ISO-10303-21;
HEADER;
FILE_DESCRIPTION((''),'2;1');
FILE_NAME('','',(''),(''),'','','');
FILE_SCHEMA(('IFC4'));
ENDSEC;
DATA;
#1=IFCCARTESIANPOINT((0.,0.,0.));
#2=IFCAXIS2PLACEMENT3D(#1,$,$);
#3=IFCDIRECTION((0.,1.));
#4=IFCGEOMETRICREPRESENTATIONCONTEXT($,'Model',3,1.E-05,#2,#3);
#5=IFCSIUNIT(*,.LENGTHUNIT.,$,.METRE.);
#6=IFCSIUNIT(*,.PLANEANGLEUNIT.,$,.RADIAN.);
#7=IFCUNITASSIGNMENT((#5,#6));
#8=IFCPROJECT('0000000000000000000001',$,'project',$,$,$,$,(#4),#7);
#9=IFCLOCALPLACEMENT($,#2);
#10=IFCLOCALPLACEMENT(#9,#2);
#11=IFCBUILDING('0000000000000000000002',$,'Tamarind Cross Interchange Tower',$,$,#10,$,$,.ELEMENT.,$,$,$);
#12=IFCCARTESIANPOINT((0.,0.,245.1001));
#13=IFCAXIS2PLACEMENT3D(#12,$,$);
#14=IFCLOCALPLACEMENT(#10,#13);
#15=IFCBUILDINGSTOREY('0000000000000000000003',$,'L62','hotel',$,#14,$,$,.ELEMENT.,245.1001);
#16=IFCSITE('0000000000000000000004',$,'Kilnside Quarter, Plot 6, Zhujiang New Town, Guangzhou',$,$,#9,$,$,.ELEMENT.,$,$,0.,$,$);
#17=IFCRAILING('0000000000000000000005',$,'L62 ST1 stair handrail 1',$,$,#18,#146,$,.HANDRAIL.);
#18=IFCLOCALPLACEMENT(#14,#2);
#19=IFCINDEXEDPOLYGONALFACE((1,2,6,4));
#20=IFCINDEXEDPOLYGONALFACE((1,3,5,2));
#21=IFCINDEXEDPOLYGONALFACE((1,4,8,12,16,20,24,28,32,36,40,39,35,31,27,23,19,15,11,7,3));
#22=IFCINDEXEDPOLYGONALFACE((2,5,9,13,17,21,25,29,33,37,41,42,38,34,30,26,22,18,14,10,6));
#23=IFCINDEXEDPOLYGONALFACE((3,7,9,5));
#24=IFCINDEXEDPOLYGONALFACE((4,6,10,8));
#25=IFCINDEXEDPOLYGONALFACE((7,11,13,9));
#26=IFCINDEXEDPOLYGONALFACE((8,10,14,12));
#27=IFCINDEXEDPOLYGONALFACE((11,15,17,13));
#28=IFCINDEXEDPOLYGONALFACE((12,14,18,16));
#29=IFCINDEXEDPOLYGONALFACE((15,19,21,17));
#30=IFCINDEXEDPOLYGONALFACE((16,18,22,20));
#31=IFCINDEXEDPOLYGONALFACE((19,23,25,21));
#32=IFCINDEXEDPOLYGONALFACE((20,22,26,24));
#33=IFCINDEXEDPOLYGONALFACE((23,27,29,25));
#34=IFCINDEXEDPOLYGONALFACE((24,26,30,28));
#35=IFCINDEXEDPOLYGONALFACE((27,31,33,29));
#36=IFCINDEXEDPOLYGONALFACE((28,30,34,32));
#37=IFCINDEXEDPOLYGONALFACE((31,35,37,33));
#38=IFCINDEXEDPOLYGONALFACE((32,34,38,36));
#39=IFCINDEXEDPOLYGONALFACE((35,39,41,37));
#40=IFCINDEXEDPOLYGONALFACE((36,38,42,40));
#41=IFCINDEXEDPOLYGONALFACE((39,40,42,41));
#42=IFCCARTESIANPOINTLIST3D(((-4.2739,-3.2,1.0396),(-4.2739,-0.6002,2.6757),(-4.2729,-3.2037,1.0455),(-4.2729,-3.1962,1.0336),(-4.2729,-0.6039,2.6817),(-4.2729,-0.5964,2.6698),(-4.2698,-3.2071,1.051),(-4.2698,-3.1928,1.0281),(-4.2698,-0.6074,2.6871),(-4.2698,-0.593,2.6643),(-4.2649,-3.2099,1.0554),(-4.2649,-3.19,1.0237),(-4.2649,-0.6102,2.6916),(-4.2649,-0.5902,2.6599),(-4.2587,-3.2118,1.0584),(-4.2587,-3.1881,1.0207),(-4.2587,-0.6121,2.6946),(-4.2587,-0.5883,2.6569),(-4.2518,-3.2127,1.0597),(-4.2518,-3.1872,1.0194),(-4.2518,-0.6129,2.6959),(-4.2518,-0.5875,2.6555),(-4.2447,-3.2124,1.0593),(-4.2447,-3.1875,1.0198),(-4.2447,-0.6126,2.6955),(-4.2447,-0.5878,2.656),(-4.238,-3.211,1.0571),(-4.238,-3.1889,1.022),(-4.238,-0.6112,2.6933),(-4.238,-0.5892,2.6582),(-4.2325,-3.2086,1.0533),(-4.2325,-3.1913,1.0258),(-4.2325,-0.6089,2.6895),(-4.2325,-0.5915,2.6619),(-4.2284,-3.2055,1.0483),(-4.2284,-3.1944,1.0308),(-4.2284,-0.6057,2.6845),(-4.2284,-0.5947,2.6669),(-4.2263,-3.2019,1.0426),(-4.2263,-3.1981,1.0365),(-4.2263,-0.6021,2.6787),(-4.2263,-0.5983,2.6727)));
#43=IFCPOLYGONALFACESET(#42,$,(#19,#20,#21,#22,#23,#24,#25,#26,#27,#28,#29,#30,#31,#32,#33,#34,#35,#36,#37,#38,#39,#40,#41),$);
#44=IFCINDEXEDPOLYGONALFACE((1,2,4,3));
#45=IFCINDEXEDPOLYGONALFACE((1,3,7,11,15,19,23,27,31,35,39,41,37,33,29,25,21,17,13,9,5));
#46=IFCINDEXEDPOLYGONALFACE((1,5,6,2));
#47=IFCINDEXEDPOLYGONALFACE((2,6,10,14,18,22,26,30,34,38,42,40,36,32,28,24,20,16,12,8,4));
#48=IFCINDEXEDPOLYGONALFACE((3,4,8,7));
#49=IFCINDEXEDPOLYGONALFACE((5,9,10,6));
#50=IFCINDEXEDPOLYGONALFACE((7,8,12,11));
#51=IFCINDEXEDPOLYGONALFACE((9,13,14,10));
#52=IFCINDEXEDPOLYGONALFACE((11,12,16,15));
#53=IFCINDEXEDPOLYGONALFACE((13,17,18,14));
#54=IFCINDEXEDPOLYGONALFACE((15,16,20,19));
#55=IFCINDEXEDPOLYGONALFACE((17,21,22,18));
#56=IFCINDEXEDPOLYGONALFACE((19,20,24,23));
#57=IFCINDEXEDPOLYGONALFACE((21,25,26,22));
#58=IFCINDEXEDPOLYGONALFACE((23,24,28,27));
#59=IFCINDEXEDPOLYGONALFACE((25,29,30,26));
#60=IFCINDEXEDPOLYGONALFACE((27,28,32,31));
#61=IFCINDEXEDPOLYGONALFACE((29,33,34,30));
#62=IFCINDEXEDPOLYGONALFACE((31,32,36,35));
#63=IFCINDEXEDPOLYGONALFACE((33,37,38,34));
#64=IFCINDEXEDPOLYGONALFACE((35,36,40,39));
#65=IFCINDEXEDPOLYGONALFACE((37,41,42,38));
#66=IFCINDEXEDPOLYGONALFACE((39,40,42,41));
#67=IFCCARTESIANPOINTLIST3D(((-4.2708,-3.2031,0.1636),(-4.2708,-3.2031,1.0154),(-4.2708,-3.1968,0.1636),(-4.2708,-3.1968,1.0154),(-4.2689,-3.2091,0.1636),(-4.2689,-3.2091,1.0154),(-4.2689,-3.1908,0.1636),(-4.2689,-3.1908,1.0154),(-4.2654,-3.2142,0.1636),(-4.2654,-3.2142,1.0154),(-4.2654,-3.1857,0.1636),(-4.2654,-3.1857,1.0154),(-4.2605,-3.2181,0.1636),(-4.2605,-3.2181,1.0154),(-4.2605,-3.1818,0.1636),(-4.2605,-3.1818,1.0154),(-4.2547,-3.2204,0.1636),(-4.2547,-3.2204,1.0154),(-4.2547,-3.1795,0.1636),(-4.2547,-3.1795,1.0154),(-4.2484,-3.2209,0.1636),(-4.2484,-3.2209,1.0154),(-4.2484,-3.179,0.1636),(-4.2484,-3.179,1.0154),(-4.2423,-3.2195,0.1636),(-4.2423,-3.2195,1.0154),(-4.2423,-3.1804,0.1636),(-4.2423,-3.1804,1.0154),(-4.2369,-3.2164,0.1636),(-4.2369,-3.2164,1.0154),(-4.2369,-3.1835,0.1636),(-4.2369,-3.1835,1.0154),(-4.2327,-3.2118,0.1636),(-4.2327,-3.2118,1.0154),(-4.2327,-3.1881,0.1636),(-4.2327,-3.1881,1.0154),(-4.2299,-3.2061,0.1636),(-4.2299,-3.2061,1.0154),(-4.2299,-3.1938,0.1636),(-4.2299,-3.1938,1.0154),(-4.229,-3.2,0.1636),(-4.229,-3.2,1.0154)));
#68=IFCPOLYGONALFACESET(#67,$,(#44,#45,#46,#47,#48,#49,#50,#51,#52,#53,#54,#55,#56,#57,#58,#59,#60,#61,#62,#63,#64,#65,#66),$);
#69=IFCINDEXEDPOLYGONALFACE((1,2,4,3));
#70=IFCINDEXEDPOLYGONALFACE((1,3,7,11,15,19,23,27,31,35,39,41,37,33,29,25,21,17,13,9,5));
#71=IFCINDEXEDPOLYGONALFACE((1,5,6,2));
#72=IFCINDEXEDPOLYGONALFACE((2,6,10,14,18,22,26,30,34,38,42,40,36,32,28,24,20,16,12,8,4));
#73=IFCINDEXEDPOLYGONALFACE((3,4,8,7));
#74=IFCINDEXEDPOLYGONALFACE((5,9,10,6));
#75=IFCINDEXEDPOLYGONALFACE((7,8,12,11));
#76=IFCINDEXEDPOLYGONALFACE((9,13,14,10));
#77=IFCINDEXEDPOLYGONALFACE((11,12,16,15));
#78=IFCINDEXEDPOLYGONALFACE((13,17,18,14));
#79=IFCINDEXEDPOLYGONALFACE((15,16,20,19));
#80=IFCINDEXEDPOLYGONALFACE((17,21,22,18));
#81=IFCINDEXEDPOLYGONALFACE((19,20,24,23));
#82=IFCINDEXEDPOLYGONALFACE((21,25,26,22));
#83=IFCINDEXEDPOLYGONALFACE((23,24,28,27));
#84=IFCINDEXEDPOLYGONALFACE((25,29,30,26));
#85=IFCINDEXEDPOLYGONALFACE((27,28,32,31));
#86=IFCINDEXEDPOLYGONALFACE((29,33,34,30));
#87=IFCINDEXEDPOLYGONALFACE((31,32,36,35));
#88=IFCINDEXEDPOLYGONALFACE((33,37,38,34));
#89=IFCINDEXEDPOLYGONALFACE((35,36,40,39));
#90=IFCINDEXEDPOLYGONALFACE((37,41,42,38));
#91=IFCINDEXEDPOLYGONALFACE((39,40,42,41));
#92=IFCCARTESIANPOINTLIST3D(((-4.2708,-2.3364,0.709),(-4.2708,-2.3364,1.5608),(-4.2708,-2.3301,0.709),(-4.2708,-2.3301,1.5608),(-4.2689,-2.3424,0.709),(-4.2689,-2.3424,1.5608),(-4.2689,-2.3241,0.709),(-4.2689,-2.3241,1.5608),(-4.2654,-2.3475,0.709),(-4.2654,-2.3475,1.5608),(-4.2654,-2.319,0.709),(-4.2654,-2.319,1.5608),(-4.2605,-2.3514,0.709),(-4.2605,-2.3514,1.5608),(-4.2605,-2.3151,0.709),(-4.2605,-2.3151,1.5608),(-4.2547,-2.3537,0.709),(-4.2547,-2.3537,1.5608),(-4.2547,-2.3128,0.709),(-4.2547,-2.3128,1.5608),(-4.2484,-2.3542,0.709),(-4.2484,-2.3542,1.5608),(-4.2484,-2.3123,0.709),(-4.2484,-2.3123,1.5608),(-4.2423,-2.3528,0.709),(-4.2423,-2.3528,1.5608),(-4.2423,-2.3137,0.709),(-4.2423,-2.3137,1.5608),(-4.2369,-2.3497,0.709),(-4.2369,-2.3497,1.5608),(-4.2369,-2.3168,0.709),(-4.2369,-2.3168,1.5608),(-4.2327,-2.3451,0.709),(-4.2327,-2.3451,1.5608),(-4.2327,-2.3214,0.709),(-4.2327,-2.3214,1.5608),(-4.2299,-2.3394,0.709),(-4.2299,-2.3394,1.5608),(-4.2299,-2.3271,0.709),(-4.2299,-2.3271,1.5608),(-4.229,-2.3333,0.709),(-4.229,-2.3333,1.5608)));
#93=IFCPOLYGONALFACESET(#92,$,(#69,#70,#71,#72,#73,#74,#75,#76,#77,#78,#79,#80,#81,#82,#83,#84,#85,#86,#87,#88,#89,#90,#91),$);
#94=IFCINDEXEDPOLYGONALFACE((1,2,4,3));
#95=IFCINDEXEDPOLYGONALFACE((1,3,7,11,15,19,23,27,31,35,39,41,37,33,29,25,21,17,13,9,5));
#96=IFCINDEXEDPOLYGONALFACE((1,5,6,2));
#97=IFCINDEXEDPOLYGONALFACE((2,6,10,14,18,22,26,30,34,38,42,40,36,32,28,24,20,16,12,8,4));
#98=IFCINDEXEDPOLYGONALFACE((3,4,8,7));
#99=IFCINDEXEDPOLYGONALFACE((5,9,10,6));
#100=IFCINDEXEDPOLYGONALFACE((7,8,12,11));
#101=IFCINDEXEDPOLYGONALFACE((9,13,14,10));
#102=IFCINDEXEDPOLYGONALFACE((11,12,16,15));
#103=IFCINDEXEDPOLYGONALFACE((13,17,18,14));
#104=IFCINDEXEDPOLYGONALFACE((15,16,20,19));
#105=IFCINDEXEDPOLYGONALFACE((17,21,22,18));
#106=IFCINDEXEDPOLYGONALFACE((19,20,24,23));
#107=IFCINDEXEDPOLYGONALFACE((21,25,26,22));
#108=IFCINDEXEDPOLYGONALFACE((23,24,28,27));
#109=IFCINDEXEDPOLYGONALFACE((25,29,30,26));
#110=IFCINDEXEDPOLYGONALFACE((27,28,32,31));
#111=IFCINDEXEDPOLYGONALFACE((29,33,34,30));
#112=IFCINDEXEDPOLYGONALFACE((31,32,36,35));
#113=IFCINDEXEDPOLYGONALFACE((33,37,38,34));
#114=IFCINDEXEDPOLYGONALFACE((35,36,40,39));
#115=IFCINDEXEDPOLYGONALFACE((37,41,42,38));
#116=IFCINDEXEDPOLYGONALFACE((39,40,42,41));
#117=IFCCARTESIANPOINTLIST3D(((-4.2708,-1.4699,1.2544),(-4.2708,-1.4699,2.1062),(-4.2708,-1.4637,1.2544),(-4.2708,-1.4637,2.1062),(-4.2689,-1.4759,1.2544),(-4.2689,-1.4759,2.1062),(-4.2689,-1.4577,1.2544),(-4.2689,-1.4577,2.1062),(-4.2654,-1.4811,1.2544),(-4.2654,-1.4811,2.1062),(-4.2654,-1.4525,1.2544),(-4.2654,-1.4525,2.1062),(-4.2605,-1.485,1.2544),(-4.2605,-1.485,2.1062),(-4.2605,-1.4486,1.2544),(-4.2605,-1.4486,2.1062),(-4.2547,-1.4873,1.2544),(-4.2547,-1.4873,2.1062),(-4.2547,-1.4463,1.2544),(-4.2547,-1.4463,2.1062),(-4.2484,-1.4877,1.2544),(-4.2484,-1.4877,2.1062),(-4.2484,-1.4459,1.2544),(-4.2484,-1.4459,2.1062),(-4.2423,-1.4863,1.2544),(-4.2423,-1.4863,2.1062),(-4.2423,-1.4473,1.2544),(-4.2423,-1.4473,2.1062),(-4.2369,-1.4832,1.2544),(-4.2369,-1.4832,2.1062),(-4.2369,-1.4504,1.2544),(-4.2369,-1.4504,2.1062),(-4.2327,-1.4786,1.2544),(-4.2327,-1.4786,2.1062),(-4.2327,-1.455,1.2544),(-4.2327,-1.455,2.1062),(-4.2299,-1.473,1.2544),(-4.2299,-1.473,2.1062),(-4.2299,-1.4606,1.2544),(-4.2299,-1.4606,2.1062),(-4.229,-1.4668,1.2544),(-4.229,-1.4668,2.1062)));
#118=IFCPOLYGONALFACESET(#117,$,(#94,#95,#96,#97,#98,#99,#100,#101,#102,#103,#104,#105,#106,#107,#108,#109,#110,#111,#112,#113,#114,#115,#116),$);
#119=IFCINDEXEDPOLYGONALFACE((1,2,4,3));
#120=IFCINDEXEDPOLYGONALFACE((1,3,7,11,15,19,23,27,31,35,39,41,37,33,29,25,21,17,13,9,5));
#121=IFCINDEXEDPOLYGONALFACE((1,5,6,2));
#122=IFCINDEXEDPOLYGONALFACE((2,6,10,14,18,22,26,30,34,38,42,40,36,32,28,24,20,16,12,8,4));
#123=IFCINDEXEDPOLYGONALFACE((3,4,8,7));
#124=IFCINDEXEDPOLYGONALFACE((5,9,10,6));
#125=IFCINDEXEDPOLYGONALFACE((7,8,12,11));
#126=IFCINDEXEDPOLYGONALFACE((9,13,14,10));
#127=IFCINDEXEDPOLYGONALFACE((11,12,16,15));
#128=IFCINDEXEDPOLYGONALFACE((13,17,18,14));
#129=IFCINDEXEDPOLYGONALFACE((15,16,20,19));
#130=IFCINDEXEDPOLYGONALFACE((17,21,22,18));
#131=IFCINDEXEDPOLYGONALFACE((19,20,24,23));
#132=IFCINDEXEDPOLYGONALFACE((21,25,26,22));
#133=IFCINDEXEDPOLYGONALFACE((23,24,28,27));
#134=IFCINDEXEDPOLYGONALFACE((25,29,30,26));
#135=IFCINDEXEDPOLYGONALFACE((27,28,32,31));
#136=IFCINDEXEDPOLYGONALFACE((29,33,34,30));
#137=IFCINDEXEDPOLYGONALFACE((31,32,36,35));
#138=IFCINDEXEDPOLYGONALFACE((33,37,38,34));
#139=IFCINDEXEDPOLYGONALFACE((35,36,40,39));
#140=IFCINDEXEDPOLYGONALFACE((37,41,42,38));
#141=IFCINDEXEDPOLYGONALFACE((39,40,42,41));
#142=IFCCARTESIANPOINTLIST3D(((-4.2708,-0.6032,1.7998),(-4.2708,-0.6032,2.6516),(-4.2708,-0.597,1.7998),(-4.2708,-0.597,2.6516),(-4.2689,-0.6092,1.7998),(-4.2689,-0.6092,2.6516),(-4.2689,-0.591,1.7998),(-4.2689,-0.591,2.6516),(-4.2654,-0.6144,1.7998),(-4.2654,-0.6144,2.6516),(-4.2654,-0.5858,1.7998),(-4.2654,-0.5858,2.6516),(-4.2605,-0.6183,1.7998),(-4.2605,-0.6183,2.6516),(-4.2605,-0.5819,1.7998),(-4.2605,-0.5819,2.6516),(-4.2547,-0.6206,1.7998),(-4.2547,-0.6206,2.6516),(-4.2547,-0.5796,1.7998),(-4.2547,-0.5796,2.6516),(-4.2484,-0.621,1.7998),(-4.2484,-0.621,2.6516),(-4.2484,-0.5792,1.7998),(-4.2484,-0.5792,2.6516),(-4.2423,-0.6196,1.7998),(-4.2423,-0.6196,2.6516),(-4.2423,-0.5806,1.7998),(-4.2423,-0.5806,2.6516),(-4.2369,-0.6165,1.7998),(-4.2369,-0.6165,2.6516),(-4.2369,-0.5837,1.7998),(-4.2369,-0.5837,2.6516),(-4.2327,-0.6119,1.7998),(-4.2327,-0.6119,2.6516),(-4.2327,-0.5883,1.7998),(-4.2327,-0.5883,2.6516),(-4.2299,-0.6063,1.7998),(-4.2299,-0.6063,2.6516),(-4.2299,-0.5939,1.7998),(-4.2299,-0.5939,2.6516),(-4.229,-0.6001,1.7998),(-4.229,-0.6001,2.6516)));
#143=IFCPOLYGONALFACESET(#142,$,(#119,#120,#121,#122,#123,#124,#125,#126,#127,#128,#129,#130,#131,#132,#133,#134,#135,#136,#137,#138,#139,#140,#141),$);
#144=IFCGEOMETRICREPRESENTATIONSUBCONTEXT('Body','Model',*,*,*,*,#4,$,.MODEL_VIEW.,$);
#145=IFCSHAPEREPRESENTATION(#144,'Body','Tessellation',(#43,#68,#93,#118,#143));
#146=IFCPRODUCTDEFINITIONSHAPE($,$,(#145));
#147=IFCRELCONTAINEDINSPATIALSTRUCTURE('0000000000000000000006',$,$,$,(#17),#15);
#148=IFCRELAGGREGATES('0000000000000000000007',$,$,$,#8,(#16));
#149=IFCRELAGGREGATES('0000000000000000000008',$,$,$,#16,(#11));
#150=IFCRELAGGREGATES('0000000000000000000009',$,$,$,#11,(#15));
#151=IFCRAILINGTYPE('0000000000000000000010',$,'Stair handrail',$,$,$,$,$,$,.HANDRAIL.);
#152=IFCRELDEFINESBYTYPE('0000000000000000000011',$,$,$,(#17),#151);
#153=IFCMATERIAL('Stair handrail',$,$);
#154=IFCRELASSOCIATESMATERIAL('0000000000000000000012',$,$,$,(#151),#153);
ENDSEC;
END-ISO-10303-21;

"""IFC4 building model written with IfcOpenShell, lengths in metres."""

from ifc_helpers import new_model, si_unit, direction, frame, origin, origin_2d, place, context, subcontext, project, spatial, circle, extrude, material, type_object, element, save


model = new_model("IFC4")

# Units and contexts
model_context = context("Model", 3, precision=1e-05, world=origin(), true_north=direction((0.0, 1.0)))
body_context = subcontext(model_context, "Body", "Model", "MODEL_VIEW")
ifc_project = project(units=[si_unit("LENGTHUNIT", "METRE"), si_unit("PLANEANGLEUNIT", "RADIAN")], contexts=[model_context])

# Site, building, storey
site_placement = place(None, origin())
site = spatial("IfcSite", under=ifc_project, at=site_placement, Name="Kilnside Quarter, Plot 6, Zhujiang New Town, Guangzhou", CompositionType="ELEMENT", RefElevation=0.0)
building_placement = place(site_placement, origin())
building = spatial("IfcBuilding", under=site, at=building_placement, Name="Tamarind Cross Interchange Tower", CompositionType="ELEMENT")
storey_placement = place(building_placement, frame((0.0, 0.0, 245.1001)))
storey = spatial("IfcBuildingStorey", under=building, at=storey_placement, Name="L62", Description="hotel", CompositionType="ELEMENT", Elevation=245.1001)

# Railing
ifc_material_1 = material(Name="Stair handrail")
railing_type_1 = type_object("IfcRailingType", Name="Stair handrail", PredefinedType="HANDRAIL", material=ifc_material_1)
railing_1_placement = place(storey_placement, frame((-4.25, -3.2, 0.1636)))
element("IfcRailing", 1, at=railing_1_placement, inside=storey, type_object=railing_type_1, Name="L62 ST1 stair handrail 1", PredefinedType="HANDRAIL", context=body_context, shape_type="SweptSolid", body=[
    extrude(circle(Radius=0.0239, at=origin_2d()), frame((0.0, 0.0, 0.876), z_axis=(0.0, 0.846338, 0.532647), x_axis=(-1.0, 0.0, 0.0)), (0.0, 0.0, 1.0), 3.0718),
    extrude(circle(Radius=0.021, at=origin_2d()), origin(), (0.0, 0.0, 1.0), 0.8518),
    extrude(circle(Radius=0.021, at=origin_2d()), frame((0.0, 0.8667, 0.5454)), (0.0, 0.0, 1.0), 0.8518),
    extrude(circle(Radius=0.021, at=origin_2d()), frame((0.0, 1.7332, 1.0908)), (0.0, 0.0, 1.0), 0.8518),
    extrude(circle(Radius=0.021, at=origin_2d()), frame((0.0, 2.5999, 1.6362)), (0.0, 0.0, 1.0), 0.8518),
])

save(model, "model.ifc")
